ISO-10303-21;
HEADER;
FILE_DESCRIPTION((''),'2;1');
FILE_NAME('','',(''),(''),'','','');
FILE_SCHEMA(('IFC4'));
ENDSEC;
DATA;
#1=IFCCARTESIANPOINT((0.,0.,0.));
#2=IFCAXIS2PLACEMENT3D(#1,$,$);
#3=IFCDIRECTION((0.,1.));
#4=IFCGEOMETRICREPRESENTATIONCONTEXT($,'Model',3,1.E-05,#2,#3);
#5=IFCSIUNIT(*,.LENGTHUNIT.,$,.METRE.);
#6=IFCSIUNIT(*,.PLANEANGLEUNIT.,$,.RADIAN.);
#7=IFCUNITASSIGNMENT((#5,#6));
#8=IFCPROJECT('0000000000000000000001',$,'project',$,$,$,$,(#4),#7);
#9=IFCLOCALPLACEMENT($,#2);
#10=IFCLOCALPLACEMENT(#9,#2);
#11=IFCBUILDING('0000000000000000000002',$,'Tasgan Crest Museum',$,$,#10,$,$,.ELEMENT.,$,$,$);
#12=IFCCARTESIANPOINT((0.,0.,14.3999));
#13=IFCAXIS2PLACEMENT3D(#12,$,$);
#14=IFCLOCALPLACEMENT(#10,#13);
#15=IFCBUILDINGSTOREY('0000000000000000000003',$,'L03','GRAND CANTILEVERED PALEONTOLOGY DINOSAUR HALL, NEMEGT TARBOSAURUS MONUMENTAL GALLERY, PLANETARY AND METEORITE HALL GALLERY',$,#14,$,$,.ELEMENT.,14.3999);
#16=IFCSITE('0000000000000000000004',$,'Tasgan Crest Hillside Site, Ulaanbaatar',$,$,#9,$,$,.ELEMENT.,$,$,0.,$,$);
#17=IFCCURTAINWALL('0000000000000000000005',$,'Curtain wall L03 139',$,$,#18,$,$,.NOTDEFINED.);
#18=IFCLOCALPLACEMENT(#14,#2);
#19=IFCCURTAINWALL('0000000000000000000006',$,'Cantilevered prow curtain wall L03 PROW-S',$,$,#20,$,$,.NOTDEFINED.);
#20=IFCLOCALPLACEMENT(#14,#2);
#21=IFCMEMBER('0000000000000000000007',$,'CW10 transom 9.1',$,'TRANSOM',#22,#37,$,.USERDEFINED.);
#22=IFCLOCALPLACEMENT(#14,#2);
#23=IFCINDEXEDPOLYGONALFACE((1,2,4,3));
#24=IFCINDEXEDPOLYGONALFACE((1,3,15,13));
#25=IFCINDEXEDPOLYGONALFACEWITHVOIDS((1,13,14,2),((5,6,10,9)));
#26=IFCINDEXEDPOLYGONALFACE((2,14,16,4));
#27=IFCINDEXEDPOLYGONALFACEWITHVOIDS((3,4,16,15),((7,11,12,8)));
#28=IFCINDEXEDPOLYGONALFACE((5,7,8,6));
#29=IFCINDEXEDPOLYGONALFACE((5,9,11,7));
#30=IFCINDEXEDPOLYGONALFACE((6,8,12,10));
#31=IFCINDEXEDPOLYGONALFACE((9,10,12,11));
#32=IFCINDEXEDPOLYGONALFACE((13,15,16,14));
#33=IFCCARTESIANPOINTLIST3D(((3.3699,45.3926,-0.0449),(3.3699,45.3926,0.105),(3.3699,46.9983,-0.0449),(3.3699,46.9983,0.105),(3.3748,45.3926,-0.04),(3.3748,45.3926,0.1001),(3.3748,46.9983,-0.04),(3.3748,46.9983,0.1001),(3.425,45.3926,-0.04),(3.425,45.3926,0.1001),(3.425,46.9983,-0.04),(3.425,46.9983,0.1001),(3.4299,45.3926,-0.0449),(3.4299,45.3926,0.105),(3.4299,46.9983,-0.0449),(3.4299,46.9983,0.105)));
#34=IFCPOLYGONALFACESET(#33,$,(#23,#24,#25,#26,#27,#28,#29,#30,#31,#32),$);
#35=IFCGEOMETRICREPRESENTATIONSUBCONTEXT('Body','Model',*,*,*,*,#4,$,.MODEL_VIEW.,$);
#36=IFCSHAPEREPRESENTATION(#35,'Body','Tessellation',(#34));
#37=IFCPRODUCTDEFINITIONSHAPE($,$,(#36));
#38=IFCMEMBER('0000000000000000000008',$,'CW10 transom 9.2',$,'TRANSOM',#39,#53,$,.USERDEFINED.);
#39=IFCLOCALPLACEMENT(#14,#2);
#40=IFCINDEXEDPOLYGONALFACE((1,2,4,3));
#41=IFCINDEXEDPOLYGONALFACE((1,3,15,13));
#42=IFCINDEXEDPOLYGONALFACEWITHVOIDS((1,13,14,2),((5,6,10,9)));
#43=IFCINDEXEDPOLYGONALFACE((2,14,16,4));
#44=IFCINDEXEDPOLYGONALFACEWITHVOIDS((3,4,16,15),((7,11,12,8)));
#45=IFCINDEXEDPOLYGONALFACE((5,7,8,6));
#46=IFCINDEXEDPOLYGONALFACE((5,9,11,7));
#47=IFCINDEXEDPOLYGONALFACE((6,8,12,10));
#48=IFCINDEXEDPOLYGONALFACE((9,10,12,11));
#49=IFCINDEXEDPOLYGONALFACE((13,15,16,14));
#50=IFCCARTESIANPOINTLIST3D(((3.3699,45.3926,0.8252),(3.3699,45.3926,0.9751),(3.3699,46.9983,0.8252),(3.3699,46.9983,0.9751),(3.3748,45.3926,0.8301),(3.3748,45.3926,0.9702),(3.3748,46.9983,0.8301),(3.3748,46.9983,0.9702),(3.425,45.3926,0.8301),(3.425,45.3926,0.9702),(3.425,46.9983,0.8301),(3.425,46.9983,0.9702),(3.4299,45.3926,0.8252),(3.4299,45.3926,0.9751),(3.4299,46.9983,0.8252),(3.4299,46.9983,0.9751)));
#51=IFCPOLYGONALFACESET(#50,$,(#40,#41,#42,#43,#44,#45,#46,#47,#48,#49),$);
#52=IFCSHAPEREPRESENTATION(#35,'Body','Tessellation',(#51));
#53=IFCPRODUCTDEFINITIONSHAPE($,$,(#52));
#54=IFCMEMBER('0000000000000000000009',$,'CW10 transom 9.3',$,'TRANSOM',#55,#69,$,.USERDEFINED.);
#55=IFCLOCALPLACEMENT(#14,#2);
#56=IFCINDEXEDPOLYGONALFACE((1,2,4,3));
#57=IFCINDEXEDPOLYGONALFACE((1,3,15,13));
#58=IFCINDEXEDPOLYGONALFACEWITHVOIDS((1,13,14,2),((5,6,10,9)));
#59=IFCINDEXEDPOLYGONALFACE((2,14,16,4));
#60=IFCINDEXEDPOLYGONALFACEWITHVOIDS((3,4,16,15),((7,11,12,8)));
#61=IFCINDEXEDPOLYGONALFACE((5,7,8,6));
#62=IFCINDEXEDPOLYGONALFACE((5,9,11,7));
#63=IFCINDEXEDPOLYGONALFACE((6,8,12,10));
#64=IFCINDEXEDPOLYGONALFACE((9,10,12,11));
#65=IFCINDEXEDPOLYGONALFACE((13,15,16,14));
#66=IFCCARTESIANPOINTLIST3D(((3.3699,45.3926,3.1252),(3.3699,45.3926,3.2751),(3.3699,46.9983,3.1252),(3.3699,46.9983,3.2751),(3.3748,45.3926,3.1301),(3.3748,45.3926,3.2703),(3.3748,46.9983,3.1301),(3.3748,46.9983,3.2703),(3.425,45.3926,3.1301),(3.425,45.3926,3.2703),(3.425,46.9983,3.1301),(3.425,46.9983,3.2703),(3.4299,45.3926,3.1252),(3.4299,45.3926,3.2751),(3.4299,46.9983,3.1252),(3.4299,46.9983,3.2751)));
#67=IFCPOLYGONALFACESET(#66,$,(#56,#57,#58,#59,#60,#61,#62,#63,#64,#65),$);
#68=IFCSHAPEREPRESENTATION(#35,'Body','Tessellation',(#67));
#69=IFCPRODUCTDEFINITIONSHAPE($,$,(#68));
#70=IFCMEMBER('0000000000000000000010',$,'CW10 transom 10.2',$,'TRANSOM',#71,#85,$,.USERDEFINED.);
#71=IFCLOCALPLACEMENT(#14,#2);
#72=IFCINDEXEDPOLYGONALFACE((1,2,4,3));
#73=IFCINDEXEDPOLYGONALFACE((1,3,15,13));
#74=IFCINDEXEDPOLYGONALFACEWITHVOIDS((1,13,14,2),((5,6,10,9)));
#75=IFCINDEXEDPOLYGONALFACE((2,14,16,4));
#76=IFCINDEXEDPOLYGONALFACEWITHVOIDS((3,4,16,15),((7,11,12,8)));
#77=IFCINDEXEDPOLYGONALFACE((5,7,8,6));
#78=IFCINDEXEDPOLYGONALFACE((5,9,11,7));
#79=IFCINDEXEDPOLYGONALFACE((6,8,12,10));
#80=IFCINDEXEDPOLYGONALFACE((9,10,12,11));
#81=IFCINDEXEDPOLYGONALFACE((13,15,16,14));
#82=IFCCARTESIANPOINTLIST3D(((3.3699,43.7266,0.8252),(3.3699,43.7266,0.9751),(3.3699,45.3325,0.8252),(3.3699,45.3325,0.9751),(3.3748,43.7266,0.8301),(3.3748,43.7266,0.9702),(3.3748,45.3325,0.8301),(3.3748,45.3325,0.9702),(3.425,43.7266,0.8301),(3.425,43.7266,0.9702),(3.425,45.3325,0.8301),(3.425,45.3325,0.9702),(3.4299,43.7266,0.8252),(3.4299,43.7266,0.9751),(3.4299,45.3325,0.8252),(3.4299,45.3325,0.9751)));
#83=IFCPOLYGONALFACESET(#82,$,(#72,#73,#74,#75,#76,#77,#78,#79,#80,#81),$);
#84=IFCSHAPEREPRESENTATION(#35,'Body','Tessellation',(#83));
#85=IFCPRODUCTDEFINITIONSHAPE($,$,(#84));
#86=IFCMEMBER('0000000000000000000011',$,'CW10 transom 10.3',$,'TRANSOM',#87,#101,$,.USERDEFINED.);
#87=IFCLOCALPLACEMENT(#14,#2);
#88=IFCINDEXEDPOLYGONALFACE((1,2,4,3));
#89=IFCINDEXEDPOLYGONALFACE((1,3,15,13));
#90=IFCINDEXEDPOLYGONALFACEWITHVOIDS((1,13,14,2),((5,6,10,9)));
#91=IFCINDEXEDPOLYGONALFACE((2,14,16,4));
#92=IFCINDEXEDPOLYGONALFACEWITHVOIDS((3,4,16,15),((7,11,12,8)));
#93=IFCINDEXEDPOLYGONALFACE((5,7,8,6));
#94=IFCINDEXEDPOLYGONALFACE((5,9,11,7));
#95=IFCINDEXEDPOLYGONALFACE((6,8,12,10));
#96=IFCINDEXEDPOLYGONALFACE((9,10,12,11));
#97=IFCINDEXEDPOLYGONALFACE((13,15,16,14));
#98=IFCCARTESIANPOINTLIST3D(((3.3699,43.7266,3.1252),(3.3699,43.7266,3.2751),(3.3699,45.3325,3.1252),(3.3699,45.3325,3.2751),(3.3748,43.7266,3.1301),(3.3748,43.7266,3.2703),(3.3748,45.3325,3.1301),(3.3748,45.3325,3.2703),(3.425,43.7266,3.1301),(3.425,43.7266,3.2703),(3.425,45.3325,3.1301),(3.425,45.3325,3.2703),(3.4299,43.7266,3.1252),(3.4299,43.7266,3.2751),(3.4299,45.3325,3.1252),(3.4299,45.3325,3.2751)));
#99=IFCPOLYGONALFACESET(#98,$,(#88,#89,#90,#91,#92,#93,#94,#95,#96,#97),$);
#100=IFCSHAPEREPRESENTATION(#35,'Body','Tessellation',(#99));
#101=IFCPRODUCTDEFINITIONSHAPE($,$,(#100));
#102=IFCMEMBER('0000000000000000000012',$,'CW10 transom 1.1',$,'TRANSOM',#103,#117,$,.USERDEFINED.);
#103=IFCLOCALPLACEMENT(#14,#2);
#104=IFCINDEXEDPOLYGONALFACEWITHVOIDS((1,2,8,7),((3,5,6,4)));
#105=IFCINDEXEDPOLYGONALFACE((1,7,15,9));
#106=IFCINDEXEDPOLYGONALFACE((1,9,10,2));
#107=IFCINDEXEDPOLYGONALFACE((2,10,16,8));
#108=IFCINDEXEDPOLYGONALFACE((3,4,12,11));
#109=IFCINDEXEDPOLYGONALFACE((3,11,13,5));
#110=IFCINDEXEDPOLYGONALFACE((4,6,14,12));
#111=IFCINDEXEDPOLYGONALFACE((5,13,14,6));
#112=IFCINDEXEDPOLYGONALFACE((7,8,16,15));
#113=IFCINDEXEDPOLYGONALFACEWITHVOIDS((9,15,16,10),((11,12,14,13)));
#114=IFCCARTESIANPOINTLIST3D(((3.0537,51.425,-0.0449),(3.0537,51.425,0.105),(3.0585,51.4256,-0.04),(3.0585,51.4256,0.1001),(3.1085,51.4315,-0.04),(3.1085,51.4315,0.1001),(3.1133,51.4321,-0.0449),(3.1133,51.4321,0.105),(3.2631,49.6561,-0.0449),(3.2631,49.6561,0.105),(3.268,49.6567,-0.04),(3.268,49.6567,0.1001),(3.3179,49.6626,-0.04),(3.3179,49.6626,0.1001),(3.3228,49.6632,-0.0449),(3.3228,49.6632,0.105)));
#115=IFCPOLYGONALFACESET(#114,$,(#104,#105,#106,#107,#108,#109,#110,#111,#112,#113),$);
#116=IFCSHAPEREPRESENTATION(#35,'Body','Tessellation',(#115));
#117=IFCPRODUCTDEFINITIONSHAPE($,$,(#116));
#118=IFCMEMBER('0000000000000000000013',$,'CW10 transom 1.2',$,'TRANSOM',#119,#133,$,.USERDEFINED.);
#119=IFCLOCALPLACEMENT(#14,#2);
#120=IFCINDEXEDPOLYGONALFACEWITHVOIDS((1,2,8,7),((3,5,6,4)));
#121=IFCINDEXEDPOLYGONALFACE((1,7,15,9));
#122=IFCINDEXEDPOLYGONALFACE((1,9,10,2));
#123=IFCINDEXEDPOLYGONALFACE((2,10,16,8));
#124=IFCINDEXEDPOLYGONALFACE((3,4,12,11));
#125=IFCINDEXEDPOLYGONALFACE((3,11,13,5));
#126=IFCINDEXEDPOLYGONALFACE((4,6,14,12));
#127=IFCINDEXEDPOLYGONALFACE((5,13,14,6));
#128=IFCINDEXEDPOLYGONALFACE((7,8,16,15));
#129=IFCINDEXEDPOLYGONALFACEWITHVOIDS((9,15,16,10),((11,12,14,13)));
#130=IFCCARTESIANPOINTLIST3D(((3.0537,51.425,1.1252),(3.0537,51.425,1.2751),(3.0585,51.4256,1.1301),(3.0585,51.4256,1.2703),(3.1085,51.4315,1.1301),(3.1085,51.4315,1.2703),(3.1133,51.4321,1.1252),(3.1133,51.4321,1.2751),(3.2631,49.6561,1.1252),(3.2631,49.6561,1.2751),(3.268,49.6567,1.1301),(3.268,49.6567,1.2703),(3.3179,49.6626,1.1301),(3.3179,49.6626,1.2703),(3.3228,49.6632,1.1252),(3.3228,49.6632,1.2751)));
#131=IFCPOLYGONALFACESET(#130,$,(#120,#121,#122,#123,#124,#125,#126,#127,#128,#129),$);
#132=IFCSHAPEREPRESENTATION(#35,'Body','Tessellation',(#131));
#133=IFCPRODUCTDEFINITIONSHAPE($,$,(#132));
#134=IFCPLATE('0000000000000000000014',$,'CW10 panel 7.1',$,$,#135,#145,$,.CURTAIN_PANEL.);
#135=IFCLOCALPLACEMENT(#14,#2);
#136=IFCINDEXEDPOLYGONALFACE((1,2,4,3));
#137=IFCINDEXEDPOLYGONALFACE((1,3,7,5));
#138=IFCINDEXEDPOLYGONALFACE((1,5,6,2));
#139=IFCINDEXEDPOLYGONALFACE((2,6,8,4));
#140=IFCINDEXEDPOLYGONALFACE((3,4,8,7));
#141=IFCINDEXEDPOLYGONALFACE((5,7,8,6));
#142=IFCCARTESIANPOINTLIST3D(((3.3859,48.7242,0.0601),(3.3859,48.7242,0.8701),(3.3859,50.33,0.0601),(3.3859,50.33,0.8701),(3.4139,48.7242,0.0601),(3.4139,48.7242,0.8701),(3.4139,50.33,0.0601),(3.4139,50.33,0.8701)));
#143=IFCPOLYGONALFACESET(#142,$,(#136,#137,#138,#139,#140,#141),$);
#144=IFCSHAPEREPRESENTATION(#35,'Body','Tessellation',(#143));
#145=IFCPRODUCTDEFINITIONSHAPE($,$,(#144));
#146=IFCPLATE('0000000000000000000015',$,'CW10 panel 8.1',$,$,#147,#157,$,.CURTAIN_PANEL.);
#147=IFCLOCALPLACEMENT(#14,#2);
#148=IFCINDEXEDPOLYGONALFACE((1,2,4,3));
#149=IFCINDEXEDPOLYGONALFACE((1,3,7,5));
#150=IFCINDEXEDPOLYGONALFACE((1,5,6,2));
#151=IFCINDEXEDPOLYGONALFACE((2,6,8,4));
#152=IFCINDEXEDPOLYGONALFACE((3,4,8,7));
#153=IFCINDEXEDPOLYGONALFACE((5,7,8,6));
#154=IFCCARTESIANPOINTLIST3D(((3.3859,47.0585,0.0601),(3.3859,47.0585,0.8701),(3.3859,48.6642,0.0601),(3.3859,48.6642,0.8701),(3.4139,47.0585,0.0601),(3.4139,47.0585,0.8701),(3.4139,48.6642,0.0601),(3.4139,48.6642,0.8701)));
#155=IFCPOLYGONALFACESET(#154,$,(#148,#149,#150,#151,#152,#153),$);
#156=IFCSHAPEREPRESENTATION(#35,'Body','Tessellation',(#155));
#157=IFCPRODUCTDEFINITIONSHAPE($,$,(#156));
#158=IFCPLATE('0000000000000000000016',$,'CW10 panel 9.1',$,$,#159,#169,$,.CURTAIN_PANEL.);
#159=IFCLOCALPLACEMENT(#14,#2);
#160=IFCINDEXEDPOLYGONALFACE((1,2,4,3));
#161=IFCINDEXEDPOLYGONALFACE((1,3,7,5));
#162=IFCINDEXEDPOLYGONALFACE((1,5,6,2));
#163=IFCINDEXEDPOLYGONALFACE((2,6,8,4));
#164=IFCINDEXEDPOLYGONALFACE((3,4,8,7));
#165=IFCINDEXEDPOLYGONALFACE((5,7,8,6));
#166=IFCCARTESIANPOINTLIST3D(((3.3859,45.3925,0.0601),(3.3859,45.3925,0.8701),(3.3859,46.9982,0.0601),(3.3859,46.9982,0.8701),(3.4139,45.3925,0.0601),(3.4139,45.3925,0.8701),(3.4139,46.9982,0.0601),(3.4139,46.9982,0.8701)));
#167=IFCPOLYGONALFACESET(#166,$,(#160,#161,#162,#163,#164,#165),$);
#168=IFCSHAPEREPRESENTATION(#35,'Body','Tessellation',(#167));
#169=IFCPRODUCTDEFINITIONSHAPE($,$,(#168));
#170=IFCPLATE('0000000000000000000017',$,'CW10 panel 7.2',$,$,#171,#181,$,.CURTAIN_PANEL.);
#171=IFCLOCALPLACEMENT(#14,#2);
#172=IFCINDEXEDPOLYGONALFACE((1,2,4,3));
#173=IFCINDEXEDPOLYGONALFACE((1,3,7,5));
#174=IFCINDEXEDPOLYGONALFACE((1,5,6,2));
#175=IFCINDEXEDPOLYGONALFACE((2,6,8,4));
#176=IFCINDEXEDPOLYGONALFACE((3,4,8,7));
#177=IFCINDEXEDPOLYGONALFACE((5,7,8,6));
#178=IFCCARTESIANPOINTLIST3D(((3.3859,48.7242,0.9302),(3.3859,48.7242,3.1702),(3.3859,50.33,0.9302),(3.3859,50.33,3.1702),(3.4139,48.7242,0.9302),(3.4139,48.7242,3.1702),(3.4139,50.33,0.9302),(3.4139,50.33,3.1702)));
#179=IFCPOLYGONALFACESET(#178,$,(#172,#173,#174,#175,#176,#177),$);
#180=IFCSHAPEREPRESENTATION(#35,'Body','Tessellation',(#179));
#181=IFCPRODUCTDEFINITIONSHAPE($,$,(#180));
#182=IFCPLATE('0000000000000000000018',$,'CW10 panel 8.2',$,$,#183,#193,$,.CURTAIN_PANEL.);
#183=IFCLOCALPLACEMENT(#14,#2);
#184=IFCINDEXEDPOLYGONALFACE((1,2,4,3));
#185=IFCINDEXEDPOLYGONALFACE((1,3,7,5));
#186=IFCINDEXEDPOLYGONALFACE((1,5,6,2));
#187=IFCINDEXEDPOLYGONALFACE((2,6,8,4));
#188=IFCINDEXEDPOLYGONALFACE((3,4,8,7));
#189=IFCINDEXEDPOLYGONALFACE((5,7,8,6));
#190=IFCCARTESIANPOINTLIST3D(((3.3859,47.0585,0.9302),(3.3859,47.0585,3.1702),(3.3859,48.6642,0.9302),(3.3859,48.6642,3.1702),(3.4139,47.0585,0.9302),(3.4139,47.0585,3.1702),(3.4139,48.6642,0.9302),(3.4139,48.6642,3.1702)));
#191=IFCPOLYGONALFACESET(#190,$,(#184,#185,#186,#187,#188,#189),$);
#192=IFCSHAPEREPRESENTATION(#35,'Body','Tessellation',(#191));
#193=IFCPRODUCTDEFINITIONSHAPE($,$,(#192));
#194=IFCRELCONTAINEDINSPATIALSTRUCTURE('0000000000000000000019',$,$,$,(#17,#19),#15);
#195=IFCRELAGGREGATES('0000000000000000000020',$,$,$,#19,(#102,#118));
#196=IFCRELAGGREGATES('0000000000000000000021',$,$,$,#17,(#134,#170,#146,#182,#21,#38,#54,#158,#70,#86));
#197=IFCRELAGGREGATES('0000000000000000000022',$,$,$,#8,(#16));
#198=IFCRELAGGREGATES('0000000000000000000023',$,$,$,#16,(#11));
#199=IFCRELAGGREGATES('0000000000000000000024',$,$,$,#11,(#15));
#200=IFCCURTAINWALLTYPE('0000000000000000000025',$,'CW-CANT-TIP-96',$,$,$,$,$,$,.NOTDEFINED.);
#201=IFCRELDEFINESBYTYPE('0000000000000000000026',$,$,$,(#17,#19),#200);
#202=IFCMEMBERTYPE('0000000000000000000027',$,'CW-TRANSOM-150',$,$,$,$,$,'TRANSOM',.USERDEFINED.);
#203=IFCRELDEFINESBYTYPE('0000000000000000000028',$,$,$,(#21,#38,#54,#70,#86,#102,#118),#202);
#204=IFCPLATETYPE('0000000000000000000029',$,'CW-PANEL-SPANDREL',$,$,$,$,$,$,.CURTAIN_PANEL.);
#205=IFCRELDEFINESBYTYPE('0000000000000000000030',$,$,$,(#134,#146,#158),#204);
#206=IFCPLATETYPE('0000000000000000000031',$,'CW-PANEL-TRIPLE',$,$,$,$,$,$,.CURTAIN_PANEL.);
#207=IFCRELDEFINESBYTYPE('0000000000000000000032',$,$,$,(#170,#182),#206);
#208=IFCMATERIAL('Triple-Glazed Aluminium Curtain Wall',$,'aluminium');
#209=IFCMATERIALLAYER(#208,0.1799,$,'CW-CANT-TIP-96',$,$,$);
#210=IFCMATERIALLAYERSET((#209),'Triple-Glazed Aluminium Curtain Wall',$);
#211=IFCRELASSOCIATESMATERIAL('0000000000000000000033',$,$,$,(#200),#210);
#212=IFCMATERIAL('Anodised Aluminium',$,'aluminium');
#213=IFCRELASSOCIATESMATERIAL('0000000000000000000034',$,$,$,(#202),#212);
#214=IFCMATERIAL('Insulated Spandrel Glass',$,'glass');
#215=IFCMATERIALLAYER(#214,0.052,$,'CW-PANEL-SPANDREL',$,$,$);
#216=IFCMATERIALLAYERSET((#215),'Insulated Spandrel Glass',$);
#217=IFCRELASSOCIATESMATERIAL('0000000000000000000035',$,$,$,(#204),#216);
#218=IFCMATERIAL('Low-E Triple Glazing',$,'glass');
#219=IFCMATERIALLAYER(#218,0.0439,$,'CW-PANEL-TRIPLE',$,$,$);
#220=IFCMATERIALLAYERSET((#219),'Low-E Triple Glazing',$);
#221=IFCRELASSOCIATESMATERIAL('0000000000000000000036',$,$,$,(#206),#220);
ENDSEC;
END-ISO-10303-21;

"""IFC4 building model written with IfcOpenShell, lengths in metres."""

from ifc_helpers import new_model, si_unit, direction, frame, origin, origin_2d, place, context, subcontext, project, spatial, rectangle, hollow_rectangle, extrude, material, layer, layer_set, material_profile, profile_set, type_object, element, aggregate, save


model = new_model("IFC4")

# Units and contexts
model_context = context("Model", 3, precision=1e-05, world=origin(), true_north=direction((0.0, 1.0)))
body_context = subcontext(model_context, "Body", "Model", "MODEL_VIEW")
ifc_project = project(units=[si_unit("LENGTHUNIT", "METRE"), si_unit("PLANEANGLEUNIT", "RADIAN")], contexts=[model_context])

# Site, building, storey
site_placement = place(None, origin())
site = spatial("IfcSite", under=ifc_project, at=site_placement, Name="Tasgan Crest Hillside Site, Ulaanbaatar", CompositionType="ELEMENT", RefElevation=0.0)
building_placement = place(site_placement, origin())
building = spatial("IfcBuilding", under=site, at=building_placement, Name="Tasgan Crest Museum", CompositionType="ELEMENT")
storey_placement = place(building_placement, frame((0.0, 0.0, 14.3999)))
storey = spatial("IfcBuildingStorey", under=building, at=storey_placement, Name="L03", Description="GRAND CANTILEVERED PALEONTOLOGY DINOSAUR HALL, NEMEGT TARBOSAURUS MONUMENTAL GALLERY, PLANETARY AND METEORITE HALL GALLERY", CompositionType="ELEMENT", Elevation=14.3999)

# Curtain wall
ifc_material_1 = material(Name="Triple-Glazed Aluminium Curtain Wall", Category="aluminium")
ifc_layer_1 = layer(ifc_material_1, 0.1799, Name="CW-CANT-TIP-96")
ifc_layer_set_1 = layer_set([ifc_layer_1], Name="Triple-Glazed Aluminium Curtain Wall")
curtain_wall_type = type_object("IfcCurtainWallType", Name="CW-CANT-TIP-96", PredefinedType="NOTDEFINED", material=ifc_layer_set_1)
curtain_wall_1_placement = place(storey_placement, origin())
curtain_wall_1 = element("IfcCurtainWall", 1, at=curtain_wall_1_placement, inside=storey, type_object=curtain_wall_type, Name="Curtain wall L03 139", PredefinedType="NOTDEFINED")

# Curtain wall
curtain_wall_2_placement = place(storey_placement, origin())
curtain_wall_2 = element("IfcCurtainWall", 2, at=curtain_wall_2_placement, inside=storey, type_object=curtain_wall_type, Name="Cantilevered prow curtain wall L03 PROW-S", PredefinedType="NOTDEFINED")

# Members
ifc_material_2 = material(Name="Anodised Aluminium", Category="aluminium")
ifc_material_profile_1 = material_profile(ifc_material_2, hollow_rectangle(XDim=0.0601, YDim=0.1499, WallThickness=0.0049, at=origin_2d()), Name="ALU TRANSOM 150x60x5")
ifc_profile_set_1 = profile_set([ifc_material_profile_1], Name="Anodised Aluminium")
member_type_1 = type_object("IfcMemberType", Name="CW-TRANSOM-150", ElementType="TRANSOM", PredefinedType="USERDEFINED", material=ifc_profile_set_1)
member_1_placement = place(storey_placement, frame((3.3999, 46.9983, 0.03), z_axis=(0.0, -1.0, 0.0), x_axis=(1.0, 0.0, 0.0)))
member_1 = element("IfcMember", 3, at=member_1_placement, type_object=member_type_1, Name="CW10 transom 9.1", ObjectType="TRANSOM", PredefinedType="USERDEFINED", context=body_context, shape_type="SweptSolid", body=[
    extrude(hollow_rectangle(XDim=0.0601, YDim=0.1499, WallThickness=0.0049, at=origin_2d()), origin(), (0.0, 0.0, 1.0), 1.6057),
])
member_2_placement = place(storey_placement, frame((3.3999, 46.9983, 0.9001), z_axis=(0.0, -1.0, 0.0), x_axis=(1.0, 0.0, 0.0)))
member_2 = element("IfcMember", 4, at=member_2_placement, type_object=member_type_1, Name="CW10 transom 9.2", ObjectType="TRANSOM", PredefinedType="USERDEFINED", context=body_context, shape_type="SweptSolid", body=[
    extrude(hollow_rectangle(XDim=0.0601, YDim=0.1499, WallThickness=0.0049, at=origin_2d()), origin(), (0.0, 0.0, 1.0), 1.6057),
])
member_3_placement = place(storey_placement, frame((3.3999, 46.9983, 3.2002), z_axis=(0.0, -1.0, 0.0), x_axis=(1.0, 0.0, 0.0)))
member_3 = element("IfcMember", 5, at=member_3_placement, type_object=member_type_1, Name="CW10 transom 9.3", ObjectType="TRANSOM", PredefinedType="USERDEFINED", context=body_context, shape_type="SweptSolid", body=[
    extrude(hollow_rectangle(XDim=0.0601, YDim=0.1499, WallThickness=0.0049, at=origin_2d()), origin(), (0.0, 0.0, 1.0), 1.6057),
])
member_4_placement = place(storey_placement, frame((3.3999, 45.3325, 0.9001), z_axis=(0.0, -1.0, 0.0), x_axis=(1.0, 0.0, 0.0)))
member_4 = element("IfcMember", 6, at=member_4_placement, type_object=member_type_1, Name="CW10 transom 10.2", ObjectType="TRANSOM", PredefinedType="USERDEFINED", context=body_context, shape_type="SweptSolid", body=[
    extrude(hollow_rectangle(XDim=0.0601, YDim=0.1499, WallThickness=0.0049, at=origin_2d()), origin(), (0.0, 0.0, 1.0), 1.606),
])
member_5_placement = place(storey_placement, frame((3.3999, 45.3325, 3.2002), z_axis=(0.0, -1.0, 0.0), x_axis=(1.0, 0.0, 0.0)))
member_5 = element("IfcMember", 7, at=member_5_placement, type_object=member_type_1, Name="CW10 transom 10.3", ObjectType="TRANSOM", PredefinedType="USERDEFINED", context=body_context, shape_type="SweptSolid", body=[
    extrude(hollow_rectangle(XDim=0.0601, YDim=0.1499, WallThickness=0.0049, at=origin_2d()), origin(), (0.0, 0.0, 1.0), 1.606),
])
member_6_placement = place(storey_placement, frame((3.293, 49.6597, 0.03), z_axis=(-0.117605, 0.99306, 0.0), x_axis=(-0.99306, -0.117605, 0.0)))
member_6 = element("IfcMember", 8, at=member_6_placement, type_object=member_type_1, Name="CW10 transom 1.1", ObjectType="TRANSOM", PredefinedType="USERDEFINED", context=body_context, shape_type="SweptSolid", body=[
    extrude(hollow_rectangle(XDim=0.0601, YDim=0.1499, WallThickness=0.0049, at=origin_2d()), origin(), (0.0, 0.0, 1.0), 1.7812),
])
member_7_placement = place(storey_placement, frame((3.293, 49.6597, 1.2002), z_axis=(-0.117605, 0.99306, 0.0), x_axis=(-0.99306, -0.117605, 0.0)))
member_7 = element("IfcMember", 9, at=member_7_placement, type_object=member_type_1, Name="CW10 transom 1.2", ObjectType="TRANSOM", PredefinedType="USERDEFINED", context=body_context, shape_type="SweptSolid", body=[
    extrude(hollow_rectangle(XDim=0.0601, YDim=0.1499, WallThickness=0.0049, at=origin_2d()), origin(), (0.0, 0.0, 1.0), 1.7812),
])
aggregate(curtain_wall_2, [member_6, member_7])

# Plates
ifc_material_3 = material(Name="Insulated Spandrel Glass", Category="glass")
ifc_layer_2 = layer(ifc_material_3, 0.052, Name="CW-PANEL-SPANDREL")
ifc_layer_set_2 = layer_set([ifc_layer_2], Name="Insulated Spandrel Glass")
plate_type_1 = type_object("IfcPlateType", Name="CW-PANEL-SPANDREL", PredefinedType="CURTAIN_PANEL", material=ifc_layer_set_2)
plate_1_placement = place(storey_placement, frame((3.3999, 49.5271, 0.0601), z_axis=(0.0, 0.0, 1.0), x_axis=(0.0, -1.0, 0.0)))
plate_1 = element("IfcPlate", 10, at=plate_1_placement, type_object=plate_type_1, Name="CW10 panel 7.1", PredefinedType="CURTAIN_PANEL", context=body_context, shape_type="SweptSolid", body=[
    extrude(rectangle(XDim=1.6057, YDim=0.0281, at=origin_2d()), origin(), (0.0, 0.0, 1.0), 0.8101),
])
plate_2_placement = place(storey_placement, frame((3.3999, 47.8613, 0.0601), z_axis=(0.0, 0.0, 1.0), x_axis=(0.0, -1.0, 0.0)))
plate_2 = element("IfcPlate", 11, at=plate_2_placement, type_object=plate_type_1, Name="CW10 panel 8.1", PredefinedType="CURTAIN_PANEL", context=body_context, shape_type="SweptSolid", body=[
    extrude(rectangle(XDim=1.6057, YDim=0.0281, at=origin_2d()), origin(), (0.0, 0.0, 1.0), 0.8101),
])
plate_3_placement = place(storey_placement, frame((3.3999, 46.1953, 0.0601), z_axis=(0.0, 0.0, 1.0), x_axis=(0.0, -1.0, 0.0)))
plate_3 = element("IfcPlate", 12, at=plate_3_placement, type_object=plate_type_1, Name="CW10 panel 9.1", PredefinedType="CURTAIN_PANEL", context=body_context, shape_type="SweptSolid", body=[
    extrude(rectangle(XDim=1.6057, YDim=0.0281, at=origin_2d()), origin(), (0.0, 0.0, 1.0), 0.8101),
])
ifc_material_4 = material(Name="Low-E Triple Glazing", Category="glass")
ifc_layer_3 = layer(ifc_material_4, 0.0439, Name="CW-PANEL-TRIPLE")
ifc_layer_set_3 = layer_set([ifc_layer_3], Name="Low-E Triple Glazing")
plate_type_2 = type_object("IfcPlateType", Name="CW-PANEL-TRIPLE", PredefinedType="CURTAIN_PANEL", material=ifc_layer_set_3)
plate_4_placement = place(storey_placement, frame((3.3999, 49.5271, 0.9302), z_axis=(0.0, 0.0, 1.0), x_axis=(0.0, -1.0, 0.0)))
plate_4 = element("IfcPlate", 13, at=plate_4_placement, type_object=plate_type_2, Name="CW10 panel 7.2", PredefinedType="CURTAIN_PANEL", context=body_context, shape_type="SweptSolid", body=[
    extrude(rectangle(XDim=1.6057, YDim=0.0281, at=origin_2d()), origin(), (0.0, 0.0, 1.0), 2.24),
])
plate_5_placement = place(storey_placement, frame((3.3999, 47.8613, 0.9302), z_axis=(0.0, 0.0, 1.0), x_axis=(0.0, -1.0, 0.0)))
plate_5 = element("IfcPlate", 14, at=plate_5_placement, type_object=plate_type_2, Name="CW10 panel 8.2", PredefinedType="CURTAIN_PANEL", context=body_context, shape_type="SweptSolid", body=[
    extrude(rectangle(XDim=1.6057, YDim=0.0281, at=origin_2d()), origin(), (0.0, 0.0, 1.0), 2.24),
])
aggregate(curtain_wall_1, [plate_1, plate_4, plate_2, plate_5, member_1, member_2, member_3, plate_3, member_4, member_5])

save(model, "model.ifc")
